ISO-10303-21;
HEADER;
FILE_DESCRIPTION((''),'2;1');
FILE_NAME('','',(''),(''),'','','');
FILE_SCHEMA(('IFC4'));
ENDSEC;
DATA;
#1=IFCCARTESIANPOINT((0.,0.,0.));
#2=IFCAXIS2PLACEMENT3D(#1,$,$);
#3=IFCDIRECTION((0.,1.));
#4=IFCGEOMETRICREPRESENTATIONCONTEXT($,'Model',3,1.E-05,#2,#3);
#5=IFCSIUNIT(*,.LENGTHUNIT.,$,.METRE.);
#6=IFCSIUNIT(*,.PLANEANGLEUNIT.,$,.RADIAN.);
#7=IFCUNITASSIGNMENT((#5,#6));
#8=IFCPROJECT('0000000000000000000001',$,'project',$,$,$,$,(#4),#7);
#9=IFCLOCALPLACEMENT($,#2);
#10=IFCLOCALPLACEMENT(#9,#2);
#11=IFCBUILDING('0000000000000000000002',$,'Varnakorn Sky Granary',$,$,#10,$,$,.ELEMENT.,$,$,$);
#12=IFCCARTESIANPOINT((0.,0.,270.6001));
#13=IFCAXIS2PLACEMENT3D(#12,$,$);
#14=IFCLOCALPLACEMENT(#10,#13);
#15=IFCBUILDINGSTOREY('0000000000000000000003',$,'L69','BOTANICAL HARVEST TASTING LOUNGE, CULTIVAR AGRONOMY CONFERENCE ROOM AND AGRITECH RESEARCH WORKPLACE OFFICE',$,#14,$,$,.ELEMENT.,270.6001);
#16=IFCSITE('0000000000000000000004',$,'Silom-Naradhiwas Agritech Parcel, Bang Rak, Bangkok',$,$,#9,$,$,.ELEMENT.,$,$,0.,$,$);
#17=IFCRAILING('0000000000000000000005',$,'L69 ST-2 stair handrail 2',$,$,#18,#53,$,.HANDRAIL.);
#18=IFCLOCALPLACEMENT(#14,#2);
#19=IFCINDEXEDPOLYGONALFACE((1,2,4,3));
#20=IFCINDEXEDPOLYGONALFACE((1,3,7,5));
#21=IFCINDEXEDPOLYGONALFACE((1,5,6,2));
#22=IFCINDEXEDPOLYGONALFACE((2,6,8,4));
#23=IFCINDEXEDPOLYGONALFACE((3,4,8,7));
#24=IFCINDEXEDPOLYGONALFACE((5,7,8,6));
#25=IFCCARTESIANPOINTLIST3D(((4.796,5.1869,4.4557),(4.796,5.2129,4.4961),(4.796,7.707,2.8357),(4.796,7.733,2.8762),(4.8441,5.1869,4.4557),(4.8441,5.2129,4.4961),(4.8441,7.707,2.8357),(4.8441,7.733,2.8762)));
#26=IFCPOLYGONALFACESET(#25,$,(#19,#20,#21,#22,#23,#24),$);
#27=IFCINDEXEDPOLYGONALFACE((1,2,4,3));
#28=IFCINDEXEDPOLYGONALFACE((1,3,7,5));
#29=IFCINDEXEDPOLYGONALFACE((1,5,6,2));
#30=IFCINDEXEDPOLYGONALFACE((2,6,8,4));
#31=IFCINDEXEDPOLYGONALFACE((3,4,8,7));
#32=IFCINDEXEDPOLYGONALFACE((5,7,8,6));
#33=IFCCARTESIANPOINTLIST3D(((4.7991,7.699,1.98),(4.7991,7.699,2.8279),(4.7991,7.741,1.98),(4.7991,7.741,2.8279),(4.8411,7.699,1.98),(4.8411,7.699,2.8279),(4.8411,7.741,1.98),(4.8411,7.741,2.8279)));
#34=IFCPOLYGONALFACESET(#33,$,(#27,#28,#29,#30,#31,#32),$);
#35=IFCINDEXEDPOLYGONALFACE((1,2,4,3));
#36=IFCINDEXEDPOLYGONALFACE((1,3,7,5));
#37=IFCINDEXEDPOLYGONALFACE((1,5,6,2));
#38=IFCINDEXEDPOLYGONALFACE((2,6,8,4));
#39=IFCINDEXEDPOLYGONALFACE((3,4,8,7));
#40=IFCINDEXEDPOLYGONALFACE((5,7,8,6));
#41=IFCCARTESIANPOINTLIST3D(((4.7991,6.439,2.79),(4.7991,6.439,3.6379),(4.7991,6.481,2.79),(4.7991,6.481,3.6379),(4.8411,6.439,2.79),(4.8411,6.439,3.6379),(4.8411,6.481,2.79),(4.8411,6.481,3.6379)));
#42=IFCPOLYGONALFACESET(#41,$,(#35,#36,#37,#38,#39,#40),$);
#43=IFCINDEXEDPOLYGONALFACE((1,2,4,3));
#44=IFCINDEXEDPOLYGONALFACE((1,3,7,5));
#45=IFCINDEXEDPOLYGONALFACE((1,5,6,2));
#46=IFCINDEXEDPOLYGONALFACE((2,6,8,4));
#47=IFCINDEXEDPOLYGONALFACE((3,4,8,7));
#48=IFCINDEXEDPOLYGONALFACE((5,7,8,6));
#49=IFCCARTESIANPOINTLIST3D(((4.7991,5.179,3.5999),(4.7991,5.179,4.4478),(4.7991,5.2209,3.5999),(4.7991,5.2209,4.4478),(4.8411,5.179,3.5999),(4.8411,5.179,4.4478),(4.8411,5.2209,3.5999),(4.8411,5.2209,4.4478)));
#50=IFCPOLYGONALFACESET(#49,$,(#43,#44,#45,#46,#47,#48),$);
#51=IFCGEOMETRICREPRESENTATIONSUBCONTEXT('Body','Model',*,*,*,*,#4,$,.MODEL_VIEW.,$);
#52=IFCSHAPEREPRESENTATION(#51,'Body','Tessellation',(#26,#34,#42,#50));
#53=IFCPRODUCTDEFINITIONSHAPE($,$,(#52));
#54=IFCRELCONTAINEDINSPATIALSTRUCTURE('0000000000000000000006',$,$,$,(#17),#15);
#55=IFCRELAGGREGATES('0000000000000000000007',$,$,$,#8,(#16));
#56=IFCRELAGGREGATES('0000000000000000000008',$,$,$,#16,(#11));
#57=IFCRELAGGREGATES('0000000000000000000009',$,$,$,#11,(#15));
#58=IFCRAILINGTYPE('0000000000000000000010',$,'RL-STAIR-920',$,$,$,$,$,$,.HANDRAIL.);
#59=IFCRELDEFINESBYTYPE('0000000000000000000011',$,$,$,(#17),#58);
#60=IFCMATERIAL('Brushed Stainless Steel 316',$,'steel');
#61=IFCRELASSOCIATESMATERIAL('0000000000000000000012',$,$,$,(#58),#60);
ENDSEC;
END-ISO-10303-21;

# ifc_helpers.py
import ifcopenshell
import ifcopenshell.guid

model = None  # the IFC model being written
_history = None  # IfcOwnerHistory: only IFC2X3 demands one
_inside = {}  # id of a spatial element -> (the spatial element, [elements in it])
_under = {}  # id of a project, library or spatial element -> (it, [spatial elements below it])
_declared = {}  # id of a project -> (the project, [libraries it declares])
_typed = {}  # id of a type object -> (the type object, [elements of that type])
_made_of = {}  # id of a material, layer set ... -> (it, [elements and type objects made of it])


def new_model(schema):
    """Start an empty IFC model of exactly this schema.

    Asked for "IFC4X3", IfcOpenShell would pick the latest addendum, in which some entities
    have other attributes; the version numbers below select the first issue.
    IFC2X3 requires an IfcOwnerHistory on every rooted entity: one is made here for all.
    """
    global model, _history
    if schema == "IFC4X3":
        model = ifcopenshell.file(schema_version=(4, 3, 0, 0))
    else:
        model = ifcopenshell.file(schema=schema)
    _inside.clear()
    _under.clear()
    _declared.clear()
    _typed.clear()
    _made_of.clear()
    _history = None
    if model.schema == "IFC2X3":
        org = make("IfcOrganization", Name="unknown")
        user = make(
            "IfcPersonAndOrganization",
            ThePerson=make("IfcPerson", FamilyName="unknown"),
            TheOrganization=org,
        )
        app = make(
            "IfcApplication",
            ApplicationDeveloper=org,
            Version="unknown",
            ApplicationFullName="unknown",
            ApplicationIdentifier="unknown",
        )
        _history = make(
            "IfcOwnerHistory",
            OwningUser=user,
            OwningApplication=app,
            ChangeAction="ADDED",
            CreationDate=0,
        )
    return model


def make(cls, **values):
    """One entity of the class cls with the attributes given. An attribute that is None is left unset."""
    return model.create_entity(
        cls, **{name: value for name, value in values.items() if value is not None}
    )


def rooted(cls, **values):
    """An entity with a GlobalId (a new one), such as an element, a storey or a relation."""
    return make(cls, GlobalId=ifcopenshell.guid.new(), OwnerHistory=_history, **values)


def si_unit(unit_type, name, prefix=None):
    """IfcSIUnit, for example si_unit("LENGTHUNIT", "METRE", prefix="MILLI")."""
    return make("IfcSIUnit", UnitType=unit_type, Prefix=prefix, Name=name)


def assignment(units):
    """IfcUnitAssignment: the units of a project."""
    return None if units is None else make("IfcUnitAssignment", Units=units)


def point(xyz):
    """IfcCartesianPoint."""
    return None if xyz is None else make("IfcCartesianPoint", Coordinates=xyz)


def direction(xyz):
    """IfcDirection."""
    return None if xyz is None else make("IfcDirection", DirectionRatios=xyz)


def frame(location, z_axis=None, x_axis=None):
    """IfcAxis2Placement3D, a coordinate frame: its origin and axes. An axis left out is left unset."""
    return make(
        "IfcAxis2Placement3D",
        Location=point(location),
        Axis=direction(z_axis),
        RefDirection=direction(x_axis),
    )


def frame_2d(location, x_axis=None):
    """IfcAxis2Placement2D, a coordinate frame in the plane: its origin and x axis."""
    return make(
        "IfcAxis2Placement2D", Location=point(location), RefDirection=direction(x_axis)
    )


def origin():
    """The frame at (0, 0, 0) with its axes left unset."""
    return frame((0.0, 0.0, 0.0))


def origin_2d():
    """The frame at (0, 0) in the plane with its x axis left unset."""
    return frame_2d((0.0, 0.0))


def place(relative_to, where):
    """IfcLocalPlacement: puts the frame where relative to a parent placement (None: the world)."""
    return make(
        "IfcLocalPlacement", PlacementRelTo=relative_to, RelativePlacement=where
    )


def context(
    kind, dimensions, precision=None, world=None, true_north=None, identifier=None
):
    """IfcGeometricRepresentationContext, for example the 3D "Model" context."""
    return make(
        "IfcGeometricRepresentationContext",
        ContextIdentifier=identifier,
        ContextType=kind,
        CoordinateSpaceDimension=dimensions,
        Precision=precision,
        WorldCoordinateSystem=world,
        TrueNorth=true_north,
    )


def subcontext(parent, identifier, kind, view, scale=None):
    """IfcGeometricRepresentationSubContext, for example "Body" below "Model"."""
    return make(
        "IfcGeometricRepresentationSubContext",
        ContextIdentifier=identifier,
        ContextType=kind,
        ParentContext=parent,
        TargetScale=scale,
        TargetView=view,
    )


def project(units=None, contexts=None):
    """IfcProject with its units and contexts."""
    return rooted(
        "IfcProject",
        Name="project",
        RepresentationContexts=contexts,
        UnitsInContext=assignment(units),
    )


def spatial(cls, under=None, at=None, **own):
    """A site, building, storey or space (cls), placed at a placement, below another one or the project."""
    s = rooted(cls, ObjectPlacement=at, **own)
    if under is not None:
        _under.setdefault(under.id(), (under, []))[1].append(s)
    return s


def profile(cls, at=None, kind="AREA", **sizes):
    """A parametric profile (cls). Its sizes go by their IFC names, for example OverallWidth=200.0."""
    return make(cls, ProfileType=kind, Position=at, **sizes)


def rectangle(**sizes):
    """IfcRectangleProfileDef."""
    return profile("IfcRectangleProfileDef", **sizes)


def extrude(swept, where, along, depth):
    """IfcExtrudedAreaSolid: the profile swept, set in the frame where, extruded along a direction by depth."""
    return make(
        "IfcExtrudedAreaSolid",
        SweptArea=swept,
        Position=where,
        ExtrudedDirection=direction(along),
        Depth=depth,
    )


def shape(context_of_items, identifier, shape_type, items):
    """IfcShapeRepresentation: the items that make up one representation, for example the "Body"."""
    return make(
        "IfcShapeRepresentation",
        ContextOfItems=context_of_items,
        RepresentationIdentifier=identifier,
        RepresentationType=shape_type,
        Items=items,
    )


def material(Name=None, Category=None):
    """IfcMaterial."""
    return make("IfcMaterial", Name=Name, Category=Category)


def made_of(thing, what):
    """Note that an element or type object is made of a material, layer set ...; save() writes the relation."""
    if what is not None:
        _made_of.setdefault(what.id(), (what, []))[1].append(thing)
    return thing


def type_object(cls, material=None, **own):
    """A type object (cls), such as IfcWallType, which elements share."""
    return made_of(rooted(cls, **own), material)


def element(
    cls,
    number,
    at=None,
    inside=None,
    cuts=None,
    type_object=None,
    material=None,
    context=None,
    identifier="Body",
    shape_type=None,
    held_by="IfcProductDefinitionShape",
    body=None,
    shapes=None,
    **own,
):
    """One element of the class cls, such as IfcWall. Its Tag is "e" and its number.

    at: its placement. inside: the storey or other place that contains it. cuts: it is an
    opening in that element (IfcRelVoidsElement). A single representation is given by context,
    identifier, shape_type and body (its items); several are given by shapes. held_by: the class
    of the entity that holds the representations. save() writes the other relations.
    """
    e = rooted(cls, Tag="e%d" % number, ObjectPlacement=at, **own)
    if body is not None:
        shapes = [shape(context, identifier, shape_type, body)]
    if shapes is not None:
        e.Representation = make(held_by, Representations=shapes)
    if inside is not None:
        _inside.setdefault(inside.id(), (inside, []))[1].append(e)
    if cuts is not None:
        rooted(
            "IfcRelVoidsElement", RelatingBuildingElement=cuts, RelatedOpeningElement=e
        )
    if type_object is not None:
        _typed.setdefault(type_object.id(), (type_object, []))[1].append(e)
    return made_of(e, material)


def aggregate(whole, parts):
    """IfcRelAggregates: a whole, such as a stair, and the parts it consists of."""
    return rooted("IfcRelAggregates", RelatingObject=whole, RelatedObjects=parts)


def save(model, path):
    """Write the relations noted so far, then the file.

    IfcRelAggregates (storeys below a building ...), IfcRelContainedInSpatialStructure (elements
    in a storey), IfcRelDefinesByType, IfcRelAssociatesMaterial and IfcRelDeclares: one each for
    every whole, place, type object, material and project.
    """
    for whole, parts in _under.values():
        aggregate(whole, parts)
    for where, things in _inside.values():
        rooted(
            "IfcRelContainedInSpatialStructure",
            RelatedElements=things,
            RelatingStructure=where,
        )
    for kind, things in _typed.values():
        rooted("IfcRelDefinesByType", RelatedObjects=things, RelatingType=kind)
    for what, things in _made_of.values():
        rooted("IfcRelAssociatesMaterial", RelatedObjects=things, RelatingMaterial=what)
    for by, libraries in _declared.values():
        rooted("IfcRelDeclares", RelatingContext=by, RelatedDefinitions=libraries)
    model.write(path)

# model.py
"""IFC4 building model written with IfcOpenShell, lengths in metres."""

from ifc_helpers import new_model, si_unit, direction, frame, origin, origin_2d, place, context, subcontext, project, spatial, rectangle, extrude, material, type_object, element, save


model = new_model("IFC4")

# Units and contexts
model_context = context("Model", 3, precision=1e-05, world=origin(), true_north=direction((0.0, 1.0)))
body_context = subcontext(model_context, "Body", "Model", "MODEL_VIEW")
ifc_project = project(units=[si_unit("LENGTHUNIT", "METRE"), si_unit("PLANEANGLEUNIT", "RADIAN")], contexts=[model_context])

# Site, building, storey
site_placement = place(None, origin())
site = spatial("IfcSite", under=ifc_project, at=site_placement, Name="Silom-Naradhiwas Agritech Parcel, Bang Rak, Bangkok", CompositionType="ELEMENT", RefElevation=0.0)
building_placement = place(site_placement, origin())
building = spatial("IfcBuilding", under=site, at=building_placement, Name="Varnakorn Sky Granary", CompositionType="ELEMENT")
storey_placement = place(building_placement, frame((0.0, 0.0, 270.6001)))
storey = spatial("IfcBuildingStorey", under=building, at=storey_placement, Name="L69", Description="BOTANICAL HARVEST TASTING LOUNGE, CULTIVAR AGRONOMY CONFERENCE ROOM AND AGRITECH RESEARCH WORKPLACE OFFICE", CompositionType="ELEMENT", Elevation=270.6001)

# Railing
ifc_material_1 = material(Name="Brushed Stainless Steel 316", Category="steel")
railing_type_1 = type_object("IfcRailingType", Name="RL-STAIR-920", PredefinedType="HANDRAIL", material=ifc_material_1)
railing_1_placement = place(storey_placement, frame((4.8201, 7.72, 1.98)))
element("IfcRailing", 1, at=railing_1_placement, inside=storey, type_object=railing_type_1, Name="L69 ST-2 stair handrail 2", PredefinedType="HANDRAIL", context=body_context, shape_type="SweptSolid", body=[
    extrude(rectangle(XDim=0.0481, YDim=0.0481, at=origin_2d()), frame((0.0, 0.0, 0.876), z_axis=(0.0, -0.8412, 0.540725), x_axis=(1.0, 0.0, 0.0)), (0.0, 0.0, 1.0), 2.9958),
    extrude(rectangle(XDim=0.042, YDim=0.042, at=origin_2d()), origin(), (0.0, 0.0, 1.0), 0.8479),
    extrude(rectangle(XDim=0.042, YDim=0.042, at=origin_2d()), frame((0.0, -1.26, 0.8101)), (0.0, 0.0, 1.0), 0.8479),
    extrude(rectangle(XDim=0.042, YDim=0.042, at=origin_2d()), frame((0.0, -2.52, 1.6199)), (0.0, 0.0, 1.0), 0.8479),
])

save(model, "model.ifc")
